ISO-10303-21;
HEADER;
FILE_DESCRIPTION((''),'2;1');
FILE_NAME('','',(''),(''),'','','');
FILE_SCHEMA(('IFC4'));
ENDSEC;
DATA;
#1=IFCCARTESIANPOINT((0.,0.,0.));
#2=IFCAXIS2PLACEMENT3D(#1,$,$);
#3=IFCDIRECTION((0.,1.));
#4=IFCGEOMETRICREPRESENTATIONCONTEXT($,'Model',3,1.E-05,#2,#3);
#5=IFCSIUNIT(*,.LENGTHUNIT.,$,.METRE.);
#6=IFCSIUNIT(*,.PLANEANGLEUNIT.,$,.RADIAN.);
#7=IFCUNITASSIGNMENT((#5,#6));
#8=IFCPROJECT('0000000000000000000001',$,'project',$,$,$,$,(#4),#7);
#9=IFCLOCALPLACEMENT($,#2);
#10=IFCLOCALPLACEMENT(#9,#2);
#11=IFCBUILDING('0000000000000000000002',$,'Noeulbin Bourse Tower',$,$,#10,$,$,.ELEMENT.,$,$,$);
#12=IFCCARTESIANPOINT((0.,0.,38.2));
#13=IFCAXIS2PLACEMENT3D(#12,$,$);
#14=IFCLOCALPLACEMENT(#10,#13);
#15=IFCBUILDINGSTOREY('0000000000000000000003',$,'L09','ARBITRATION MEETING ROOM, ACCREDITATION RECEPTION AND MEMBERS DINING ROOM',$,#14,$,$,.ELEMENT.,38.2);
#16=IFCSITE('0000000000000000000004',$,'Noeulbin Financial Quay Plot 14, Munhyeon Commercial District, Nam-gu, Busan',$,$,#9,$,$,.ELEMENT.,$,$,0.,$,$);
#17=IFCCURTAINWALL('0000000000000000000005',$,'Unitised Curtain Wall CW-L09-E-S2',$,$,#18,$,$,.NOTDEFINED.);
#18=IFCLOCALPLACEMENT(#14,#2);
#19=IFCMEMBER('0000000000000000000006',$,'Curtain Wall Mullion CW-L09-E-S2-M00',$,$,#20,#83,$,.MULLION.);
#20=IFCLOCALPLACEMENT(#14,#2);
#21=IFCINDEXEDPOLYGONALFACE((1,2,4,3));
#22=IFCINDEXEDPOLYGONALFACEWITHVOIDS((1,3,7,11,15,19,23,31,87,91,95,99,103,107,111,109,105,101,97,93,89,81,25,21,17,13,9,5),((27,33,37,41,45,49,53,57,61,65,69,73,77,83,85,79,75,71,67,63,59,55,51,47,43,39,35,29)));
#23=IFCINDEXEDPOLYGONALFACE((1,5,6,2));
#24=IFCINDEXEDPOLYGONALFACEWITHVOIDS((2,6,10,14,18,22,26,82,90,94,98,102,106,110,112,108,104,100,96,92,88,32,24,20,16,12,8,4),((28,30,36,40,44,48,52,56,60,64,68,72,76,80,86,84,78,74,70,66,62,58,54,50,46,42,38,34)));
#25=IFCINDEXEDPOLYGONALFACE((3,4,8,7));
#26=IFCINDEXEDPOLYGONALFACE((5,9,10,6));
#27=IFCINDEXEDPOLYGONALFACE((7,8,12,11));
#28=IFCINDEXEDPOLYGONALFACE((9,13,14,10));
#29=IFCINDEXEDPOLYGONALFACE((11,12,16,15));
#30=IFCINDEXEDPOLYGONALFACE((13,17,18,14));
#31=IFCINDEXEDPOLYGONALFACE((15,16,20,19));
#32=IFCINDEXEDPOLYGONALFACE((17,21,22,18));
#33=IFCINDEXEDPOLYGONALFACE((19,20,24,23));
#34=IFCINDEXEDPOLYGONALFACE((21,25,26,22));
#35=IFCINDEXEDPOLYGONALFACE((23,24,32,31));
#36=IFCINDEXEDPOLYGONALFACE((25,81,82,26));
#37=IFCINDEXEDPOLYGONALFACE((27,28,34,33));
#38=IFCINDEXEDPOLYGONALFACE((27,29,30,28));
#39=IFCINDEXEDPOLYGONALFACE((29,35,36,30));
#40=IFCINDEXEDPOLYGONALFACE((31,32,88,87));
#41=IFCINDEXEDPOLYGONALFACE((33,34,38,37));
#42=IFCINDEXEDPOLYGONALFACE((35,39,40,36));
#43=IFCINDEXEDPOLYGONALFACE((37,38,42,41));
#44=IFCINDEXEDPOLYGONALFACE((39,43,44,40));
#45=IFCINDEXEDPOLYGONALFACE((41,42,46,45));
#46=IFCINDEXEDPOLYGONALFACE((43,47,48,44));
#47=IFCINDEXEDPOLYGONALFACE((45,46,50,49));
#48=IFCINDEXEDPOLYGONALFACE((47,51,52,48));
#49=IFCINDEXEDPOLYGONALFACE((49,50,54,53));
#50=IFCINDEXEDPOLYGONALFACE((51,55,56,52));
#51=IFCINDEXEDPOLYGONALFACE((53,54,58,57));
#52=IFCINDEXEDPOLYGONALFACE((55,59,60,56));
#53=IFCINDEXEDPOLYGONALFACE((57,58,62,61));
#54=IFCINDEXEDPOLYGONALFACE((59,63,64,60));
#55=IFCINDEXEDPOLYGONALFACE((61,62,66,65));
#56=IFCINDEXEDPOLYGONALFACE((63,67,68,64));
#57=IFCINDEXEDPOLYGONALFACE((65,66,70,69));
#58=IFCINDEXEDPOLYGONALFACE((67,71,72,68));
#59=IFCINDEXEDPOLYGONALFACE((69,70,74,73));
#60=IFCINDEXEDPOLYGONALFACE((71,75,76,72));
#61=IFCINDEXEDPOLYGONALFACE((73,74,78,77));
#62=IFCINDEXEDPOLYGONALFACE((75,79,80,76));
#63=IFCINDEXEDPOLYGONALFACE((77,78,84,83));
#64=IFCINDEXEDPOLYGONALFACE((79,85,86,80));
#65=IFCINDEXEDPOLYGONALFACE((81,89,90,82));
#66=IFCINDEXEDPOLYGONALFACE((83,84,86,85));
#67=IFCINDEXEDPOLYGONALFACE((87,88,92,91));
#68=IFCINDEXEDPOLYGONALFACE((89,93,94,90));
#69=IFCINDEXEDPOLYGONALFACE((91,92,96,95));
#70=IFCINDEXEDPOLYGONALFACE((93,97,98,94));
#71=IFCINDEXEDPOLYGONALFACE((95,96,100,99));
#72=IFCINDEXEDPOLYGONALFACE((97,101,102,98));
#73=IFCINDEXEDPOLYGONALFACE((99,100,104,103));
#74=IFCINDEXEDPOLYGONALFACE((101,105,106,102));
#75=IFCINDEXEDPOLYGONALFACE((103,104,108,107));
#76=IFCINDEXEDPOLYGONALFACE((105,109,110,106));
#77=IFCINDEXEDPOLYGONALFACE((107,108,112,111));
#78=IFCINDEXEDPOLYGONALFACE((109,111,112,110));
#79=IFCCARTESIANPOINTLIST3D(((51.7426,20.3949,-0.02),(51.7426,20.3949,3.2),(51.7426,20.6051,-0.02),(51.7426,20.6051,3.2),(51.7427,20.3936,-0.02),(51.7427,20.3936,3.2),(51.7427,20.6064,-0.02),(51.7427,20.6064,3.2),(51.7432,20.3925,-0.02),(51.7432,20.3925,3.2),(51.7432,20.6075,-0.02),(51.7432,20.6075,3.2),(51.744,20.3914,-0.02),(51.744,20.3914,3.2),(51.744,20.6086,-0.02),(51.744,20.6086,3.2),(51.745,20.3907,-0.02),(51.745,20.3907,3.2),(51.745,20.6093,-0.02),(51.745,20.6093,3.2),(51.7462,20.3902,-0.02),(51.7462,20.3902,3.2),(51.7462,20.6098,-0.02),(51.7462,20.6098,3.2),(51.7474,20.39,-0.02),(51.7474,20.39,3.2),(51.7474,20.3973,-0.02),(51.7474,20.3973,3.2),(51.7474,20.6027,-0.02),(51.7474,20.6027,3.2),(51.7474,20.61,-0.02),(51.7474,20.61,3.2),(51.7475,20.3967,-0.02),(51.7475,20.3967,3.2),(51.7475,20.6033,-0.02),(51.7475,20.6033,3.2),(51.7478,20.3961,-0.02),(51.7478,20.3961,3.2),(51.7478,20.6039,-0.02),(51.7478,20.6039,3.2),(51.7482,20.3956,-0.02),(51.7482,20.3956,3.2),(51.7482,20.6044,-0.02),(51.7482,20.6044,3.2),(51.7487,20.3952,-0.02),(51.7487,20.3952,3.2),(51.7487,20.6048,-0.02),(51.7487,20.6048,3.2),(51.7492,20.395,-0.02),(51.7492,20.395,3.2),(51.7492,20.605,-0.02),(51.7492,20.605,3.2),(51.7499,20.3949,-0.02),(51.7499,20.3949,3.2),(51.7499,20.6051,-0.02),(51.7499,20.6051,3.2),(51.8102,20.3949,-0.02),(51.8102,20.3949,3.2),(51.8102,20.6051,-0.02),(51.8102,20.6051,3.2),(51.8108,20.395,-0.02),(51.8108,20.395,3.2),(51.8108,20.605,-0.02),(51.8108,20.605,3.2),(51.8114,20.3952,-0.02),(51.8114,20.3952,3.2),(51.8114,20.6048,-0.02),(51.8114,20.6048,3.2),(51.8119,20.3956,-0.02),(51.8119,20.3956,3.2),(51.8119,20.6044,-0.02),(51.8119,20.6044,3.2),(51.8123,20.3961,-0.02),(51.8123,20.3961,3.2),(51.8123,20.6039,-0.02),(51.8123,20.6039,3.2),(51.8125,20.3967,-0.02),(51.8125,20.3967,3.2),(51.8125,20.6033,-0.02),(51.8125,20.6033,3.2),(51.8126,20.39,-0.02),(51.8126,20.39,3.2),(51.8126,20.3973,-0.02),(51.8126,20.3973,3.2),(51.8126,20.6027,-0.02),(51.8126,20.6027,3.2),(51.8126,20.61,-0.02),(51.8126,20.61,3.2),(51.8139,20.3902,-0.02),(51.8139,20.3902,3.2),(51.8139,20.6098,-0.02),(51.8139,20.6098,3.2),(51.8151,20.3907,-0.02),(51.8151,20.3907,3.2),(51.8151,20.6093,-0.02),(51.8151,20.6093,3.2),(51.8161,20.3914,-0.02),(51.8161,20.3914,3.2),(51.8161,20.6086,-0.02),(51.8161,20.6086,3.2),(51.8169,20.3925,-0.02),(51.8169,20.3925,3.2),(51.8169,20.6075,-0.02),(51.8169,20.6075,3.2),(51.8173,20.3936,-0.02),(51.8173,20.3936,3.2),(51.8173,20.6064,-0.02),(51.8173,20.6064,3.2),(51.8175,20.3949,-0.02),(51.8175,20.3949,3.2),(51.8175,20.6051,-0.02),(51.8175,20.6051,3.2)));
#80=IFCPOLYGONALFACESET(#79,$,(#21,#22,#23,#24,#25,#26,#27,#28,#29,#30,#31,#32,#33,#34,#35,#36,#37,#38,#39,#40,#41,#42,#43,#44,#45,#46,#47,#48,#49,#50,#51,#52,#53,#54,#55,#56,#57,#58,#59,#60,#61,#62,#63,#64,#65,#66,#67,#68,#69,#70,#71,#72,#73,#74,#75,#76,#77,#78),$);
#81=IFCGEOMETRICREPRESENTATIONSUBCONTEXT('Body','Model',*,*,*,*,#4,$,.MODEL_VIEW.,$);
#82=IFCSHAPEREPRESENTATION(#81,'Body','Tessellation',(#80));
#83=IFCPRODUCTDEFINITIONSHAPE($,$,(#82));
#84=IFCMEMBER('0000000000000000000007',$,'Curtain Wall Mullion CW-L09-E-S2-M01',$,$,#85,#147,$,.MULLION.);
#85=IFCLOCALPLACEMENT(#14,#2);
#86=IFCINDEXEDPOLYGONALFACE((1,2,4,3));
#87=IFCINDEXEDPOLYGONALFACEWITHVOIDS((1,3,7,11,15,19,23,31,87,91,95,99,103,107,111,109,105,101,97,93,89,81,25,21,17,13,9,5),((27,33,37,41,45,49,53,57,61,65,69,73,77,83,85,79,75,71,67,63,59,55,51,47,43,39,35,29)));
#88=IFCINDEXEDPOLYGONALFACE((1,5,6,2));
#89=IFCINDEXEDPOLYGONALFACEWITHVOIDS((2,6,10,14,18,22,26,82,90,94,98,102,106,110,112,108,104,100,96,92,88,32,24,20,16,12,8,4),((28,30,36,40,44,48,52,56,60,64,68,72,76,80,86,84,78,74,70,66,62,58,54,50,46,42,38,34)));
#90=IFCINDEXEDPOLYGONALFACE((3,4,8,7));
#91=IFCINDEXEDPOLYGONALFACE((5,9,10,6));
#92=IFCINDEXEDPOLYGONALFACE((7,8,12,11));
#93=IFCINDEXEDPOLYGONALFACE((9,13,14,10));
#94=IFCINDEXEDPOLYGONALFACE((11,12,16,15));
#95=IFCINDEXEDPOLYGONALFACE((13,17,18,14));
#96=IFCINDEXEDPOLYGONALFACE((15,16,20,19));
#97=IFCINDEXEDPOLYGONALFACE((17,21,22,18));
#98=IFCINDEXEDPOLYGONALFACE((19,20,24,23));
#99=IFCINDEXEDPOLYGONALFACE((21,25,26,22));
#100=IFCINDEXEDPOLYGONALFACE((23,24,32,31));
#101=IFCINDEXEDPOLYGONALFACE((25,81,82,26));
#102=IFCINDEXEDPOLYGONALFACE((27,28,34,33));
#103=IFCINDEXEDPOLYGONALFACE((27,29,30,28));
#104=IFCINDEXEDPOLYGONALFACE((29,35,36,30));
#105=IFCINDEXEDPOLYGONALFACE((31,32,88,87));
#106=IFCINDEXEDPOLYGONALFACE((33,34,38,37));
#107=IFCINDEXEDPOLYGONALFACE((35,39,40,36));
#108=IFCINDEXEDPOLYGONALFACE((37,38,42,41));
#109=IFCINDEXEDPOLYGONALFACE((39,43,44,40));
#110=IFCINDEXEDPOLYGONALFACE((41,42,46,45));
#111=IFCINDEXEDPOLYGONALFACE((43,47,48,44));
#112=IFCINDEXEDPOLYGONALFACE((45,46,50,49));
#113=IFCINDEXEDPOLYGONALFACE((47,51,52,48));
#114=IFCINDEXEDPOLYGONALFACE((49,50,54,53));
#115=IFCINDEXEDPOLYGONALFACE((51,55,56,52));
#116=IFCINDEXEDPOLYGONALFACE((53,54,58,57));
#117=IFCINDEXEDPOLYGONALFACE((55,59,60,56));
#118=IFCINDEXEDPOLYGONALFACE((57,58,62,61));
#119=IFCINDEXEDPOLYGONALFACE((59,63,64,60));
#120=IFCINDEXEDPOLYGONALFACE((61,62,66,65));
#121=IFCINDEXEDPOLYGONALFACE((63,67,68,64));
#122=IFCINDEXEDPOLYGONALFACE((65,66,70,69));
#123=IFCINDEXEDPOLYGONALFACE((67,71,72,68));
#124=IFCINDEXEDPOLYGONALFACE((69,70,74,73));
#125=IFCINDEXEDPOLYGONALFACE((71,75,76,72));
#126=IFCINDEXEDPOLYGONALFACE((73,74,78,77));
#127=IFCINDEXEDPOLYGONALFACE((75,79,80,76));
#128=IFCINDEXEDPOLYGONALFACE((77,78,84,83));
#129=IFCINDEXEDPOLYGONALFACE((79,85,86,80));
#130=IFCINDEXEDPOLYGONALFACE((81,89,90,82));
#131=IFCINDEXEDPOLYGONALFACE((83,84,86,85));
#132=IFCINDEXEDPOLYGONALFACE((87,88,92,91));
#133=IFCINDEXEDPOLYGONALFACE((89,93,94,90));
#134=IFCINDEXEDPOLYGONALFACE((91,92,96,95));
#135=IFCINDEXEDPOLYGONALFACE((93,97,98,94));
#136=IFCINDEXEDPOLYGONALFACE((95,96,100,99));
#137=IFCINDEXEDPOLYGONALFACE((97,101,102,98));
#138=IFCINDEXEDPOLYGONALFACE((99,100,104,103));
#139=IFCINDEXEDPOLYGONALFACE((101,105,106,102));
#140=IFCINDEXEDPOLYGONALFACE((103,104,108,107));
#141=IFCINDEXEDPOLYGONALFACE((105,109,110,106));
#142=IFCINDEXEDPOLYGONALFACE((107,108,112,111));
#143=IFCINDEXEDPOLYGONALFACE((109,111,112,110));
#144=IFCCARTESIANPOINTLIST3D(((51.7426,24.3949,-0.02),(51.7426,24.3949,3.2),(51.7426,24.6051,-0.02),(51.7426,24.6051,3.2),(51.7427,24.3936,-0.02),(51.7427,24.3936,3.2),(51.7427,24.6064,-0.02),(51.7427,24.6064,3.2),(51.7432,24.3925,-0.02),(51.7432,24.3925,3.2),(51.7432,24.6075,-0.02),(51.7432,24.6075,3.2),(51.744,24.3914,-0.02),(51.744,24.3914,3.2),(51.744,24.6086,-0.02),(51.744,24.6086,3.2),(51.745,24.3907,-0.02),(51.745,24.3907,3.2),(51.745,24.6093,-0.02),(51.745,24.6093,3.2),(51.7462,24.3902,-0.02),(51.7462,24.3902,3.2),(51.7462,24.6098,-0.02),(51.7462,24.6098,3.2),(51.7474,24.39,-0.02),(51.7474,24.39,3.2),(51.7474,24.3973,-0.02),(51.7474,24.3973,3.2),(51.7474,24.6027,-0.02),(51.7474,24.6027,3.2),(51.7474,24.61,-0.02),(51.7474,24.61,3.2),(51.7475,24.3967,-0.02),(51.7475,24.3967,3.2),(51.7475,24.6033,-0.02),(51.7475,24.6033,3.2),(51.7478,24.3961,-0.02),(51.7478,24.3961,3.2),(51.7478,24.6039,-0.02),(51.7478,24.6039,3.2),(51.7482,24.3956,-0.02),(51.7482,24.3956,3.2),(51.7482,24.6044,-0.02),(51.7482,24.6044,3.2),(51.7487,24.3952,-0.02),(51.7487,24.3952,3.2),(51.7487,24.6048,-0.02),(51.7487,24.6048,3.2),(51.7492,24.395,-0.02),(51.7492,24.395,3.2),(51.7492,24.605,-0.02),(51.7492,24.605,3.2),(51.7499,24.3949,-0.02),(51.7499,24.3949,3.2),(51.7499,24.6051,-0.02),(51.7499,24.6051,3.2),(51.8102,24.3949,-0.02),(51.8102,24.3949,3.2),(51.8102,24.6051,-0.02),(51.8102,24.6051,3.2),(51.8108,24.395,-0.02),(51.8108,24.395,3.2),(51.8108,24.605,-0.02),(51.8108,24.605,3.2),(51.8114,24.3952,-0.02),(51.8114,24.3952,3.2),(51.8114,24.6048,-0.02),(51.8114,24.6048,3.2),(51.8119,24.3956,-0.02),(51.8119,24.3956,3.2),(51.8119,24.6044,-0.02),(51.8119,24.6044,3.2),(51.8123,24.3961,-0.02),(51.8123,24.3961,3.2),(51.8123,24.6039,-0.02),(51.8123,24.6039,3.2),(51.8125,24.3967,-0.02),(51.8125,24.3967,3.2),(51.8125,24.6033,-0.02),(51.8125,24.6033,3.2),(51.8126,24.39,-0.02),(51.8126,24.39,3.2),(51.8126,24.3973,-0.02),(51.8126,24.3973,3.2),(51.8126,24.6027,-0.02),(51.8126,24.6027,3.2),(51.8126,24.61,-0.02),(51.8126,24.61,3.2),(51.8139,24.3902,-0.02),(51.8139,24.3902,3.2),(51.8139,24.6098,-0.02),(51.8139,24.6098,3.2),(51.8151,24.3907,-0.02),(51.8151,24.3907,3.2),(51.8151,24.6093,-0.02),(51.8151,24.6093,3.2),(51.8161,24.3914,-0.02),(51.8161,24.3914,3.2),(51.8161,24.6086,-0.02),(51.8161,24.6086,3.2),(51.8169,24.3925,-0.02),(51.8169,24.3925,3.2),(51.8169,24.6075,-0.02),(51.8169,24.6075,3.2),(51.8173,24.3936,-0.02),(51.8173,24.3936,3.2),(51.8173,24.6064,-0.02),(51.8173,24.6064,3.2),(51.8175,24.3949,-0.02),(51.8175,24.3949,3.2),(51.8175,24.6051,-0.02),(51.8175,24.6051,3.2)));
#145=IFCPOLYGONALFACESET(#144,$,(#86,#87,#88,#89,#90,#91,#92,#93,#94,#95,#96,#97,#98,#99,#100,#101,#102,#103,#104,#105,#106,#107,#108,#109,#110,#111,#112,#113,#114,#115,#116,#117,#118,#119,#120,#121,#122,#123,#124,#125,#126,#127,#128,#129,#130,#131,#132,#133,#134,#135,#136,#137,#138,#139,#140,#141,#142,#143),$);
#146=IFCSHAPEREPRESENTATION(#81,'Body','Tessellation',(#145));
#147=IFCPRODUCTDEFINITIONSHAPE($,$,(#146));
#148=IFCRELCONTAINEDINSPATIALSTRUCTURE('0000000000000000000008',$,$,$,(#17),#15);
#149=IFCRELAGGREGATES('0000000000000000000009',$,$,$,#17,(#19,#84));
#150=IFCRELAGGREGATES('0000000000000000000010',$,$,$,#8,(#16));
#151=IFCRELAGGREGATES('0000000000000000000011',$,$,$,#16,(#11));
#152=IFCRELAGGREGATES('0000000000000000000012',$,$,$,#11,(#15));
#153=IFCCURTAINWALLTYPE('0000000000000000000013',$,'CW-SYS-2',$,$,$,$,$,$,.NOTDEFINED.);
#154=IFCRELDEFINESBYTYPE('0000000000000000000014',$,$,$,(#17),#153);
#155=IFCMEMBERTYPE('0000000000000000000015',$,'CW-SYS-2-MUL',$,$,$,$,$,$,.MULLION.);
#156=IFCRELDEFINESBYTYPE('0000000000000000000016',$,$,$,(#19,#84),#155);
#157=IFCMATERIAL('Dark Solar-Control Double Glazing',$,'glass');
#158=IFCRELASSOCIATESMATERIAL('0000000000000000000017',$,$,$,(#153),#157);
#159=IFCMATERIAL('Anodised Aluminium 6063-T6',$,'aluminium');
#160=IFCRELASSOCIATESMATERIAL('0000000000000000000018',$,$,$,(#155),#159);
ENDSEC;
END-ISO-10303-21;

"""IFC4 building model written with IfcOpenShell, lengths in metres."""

from ifc_helpers import new_model, si_unit, direction, frame, origin, origin_2d, place, context, subcontext, project, spatial, hollow_rectangle, extrude, material, material_profile, profile_set, type_object, element, aggregate, save


model = new_model("IFC4")

# Units and contexts
model_context = context("Model", 3, precision=1e-05, world=origin(), true_north=direction((0.0, 1.0)))
body_context = subcontext(model_context, "Body", "Model", "MODEL_VIEW")
ifc_project = project(units=[si_unit("LENGTHUNIT", "METRE"), si_unit("PLANEANGLEUNIT", "RADIAN")], contexts=[model_context])

# Site, building, storey
site_placement = place(None, origin())
site = spatial("IfcSite", under=ifc_project, at=site_placement, Name="Noeulbin Financial Quay Plot 14, Munhyeon Commercial District, Nam-gu, Busan", CompositionType="ELEMENT", RefElevation=0.0)
building_placement = place(site_placement, origin())
building = spatial("IfcBuilding", under=site, at=building_placement, Name="Noeulbin Bourse Tower", CompositionType="ELEMENT")
storey_placement = place(building_placement, frame((0.0, 0.0, 38.2)))
storey = spatial("IfcBuildingStorey", under=building, at=storey_placement, Name="L09", Description="ARBITRATION MEETING ROOM, ACCREDITATION RECEPTION AND MEMBERS DINING ROOM", CompositionType="ELEMENT", Elevation=38.2)

# Curtain wall, members
ifc_material_1 = material(Name="Dark Solar-Control Double Glazing", Category="glass")
curtain_wall_type = type_object("IfcCurtainWallType", Name="CW-SYS-2", PredefinedType="NOTDEFINED", material=ifc_material_1)
ifc_material_2 = material(Name="Anodised Aluminium 6063-T6", Category="aluminium")
ifc_material_profile_1 = material_profile(ifc_material_2, hollow_rectangle(XDim=0.075, YDim=0.22, WallThickness=0.0049, InnerFilletRadius=0.0024, OuterFilletRadius=0.0049, at=origin_2d()), Name="ALU-MULL-75x220x5", Category="LoadBearing")
ifc_profile_set_1 = profile_set([ifc_material_profile_1], Name="Anodised Aluminium 6063-T6")
member_type_1 = type_object("IfcMemberType", Name="CW-SYS-2-MUL", PredefinedType="MULLION", material=ifc_profile_set_1)
curtain_wall_1_placement = place(storey_placement, origin())
curtain_wall_1 = element("IfcCurtainWall", 1, at=curtain_wall_1_placement, inside=storey, type_object=curtain_wall_type, Name="Unitised Curtain Wall CW-L09-E-S2", PredefinedType="NOTDEFINED")
member_1_placement = place(storey_placement, frame((51.78, 20.5, -0.02), z_axis=(0.0, 0.0, 1.0), x_axis=(1.0, 0.0, 0.0)))
member_1 = element("IfcMember", 2, at=member_1_placement, type_object=member_type_1, Name="Curtain Wall Mullion CW-L09-E-S2-M00", PredefinedType="MULLION", context=body_context, shape_type="SweptSolid", body=[
    extrude(hollow_rectangle(XDim=0.075, YDim=0.22, WallThickness=0.0049, InnerFilletRadius=0.0024, OuterFilletRadius=0.0049, at=origin_2d()), origin(), (0.0, 0.0, 1.0), 3.22),
])
member_2_placement = place(storey_placement, frame((51.78, 24.5, -0.02), z_axis=(0.0, 0.0, 1.0), x_axis=(1.0, 0.0, 0.0)))
member_2 = element("IfcMember", 3, at=member_2_placement, type_object=member_type_1, Name="Curtain Wall Mullion CW-L09-E-S2-M01", PredefinedType="MULLION", context=body_context, shape_type="SweptSolid", body=[
    extrude(hollow_rectangle(XDim=0.075, YDim=0.22, WallThickness=0.0049, InnerFilletRadius=0.0024, OuterFilletRadius=0.0049, at=origin_2d()), origin(), (0.0, 0.0, 1.0), 3.22),
])

aggregate(curtain_wall_1, [member_1, member_2])

save(model, "model.ifc")
